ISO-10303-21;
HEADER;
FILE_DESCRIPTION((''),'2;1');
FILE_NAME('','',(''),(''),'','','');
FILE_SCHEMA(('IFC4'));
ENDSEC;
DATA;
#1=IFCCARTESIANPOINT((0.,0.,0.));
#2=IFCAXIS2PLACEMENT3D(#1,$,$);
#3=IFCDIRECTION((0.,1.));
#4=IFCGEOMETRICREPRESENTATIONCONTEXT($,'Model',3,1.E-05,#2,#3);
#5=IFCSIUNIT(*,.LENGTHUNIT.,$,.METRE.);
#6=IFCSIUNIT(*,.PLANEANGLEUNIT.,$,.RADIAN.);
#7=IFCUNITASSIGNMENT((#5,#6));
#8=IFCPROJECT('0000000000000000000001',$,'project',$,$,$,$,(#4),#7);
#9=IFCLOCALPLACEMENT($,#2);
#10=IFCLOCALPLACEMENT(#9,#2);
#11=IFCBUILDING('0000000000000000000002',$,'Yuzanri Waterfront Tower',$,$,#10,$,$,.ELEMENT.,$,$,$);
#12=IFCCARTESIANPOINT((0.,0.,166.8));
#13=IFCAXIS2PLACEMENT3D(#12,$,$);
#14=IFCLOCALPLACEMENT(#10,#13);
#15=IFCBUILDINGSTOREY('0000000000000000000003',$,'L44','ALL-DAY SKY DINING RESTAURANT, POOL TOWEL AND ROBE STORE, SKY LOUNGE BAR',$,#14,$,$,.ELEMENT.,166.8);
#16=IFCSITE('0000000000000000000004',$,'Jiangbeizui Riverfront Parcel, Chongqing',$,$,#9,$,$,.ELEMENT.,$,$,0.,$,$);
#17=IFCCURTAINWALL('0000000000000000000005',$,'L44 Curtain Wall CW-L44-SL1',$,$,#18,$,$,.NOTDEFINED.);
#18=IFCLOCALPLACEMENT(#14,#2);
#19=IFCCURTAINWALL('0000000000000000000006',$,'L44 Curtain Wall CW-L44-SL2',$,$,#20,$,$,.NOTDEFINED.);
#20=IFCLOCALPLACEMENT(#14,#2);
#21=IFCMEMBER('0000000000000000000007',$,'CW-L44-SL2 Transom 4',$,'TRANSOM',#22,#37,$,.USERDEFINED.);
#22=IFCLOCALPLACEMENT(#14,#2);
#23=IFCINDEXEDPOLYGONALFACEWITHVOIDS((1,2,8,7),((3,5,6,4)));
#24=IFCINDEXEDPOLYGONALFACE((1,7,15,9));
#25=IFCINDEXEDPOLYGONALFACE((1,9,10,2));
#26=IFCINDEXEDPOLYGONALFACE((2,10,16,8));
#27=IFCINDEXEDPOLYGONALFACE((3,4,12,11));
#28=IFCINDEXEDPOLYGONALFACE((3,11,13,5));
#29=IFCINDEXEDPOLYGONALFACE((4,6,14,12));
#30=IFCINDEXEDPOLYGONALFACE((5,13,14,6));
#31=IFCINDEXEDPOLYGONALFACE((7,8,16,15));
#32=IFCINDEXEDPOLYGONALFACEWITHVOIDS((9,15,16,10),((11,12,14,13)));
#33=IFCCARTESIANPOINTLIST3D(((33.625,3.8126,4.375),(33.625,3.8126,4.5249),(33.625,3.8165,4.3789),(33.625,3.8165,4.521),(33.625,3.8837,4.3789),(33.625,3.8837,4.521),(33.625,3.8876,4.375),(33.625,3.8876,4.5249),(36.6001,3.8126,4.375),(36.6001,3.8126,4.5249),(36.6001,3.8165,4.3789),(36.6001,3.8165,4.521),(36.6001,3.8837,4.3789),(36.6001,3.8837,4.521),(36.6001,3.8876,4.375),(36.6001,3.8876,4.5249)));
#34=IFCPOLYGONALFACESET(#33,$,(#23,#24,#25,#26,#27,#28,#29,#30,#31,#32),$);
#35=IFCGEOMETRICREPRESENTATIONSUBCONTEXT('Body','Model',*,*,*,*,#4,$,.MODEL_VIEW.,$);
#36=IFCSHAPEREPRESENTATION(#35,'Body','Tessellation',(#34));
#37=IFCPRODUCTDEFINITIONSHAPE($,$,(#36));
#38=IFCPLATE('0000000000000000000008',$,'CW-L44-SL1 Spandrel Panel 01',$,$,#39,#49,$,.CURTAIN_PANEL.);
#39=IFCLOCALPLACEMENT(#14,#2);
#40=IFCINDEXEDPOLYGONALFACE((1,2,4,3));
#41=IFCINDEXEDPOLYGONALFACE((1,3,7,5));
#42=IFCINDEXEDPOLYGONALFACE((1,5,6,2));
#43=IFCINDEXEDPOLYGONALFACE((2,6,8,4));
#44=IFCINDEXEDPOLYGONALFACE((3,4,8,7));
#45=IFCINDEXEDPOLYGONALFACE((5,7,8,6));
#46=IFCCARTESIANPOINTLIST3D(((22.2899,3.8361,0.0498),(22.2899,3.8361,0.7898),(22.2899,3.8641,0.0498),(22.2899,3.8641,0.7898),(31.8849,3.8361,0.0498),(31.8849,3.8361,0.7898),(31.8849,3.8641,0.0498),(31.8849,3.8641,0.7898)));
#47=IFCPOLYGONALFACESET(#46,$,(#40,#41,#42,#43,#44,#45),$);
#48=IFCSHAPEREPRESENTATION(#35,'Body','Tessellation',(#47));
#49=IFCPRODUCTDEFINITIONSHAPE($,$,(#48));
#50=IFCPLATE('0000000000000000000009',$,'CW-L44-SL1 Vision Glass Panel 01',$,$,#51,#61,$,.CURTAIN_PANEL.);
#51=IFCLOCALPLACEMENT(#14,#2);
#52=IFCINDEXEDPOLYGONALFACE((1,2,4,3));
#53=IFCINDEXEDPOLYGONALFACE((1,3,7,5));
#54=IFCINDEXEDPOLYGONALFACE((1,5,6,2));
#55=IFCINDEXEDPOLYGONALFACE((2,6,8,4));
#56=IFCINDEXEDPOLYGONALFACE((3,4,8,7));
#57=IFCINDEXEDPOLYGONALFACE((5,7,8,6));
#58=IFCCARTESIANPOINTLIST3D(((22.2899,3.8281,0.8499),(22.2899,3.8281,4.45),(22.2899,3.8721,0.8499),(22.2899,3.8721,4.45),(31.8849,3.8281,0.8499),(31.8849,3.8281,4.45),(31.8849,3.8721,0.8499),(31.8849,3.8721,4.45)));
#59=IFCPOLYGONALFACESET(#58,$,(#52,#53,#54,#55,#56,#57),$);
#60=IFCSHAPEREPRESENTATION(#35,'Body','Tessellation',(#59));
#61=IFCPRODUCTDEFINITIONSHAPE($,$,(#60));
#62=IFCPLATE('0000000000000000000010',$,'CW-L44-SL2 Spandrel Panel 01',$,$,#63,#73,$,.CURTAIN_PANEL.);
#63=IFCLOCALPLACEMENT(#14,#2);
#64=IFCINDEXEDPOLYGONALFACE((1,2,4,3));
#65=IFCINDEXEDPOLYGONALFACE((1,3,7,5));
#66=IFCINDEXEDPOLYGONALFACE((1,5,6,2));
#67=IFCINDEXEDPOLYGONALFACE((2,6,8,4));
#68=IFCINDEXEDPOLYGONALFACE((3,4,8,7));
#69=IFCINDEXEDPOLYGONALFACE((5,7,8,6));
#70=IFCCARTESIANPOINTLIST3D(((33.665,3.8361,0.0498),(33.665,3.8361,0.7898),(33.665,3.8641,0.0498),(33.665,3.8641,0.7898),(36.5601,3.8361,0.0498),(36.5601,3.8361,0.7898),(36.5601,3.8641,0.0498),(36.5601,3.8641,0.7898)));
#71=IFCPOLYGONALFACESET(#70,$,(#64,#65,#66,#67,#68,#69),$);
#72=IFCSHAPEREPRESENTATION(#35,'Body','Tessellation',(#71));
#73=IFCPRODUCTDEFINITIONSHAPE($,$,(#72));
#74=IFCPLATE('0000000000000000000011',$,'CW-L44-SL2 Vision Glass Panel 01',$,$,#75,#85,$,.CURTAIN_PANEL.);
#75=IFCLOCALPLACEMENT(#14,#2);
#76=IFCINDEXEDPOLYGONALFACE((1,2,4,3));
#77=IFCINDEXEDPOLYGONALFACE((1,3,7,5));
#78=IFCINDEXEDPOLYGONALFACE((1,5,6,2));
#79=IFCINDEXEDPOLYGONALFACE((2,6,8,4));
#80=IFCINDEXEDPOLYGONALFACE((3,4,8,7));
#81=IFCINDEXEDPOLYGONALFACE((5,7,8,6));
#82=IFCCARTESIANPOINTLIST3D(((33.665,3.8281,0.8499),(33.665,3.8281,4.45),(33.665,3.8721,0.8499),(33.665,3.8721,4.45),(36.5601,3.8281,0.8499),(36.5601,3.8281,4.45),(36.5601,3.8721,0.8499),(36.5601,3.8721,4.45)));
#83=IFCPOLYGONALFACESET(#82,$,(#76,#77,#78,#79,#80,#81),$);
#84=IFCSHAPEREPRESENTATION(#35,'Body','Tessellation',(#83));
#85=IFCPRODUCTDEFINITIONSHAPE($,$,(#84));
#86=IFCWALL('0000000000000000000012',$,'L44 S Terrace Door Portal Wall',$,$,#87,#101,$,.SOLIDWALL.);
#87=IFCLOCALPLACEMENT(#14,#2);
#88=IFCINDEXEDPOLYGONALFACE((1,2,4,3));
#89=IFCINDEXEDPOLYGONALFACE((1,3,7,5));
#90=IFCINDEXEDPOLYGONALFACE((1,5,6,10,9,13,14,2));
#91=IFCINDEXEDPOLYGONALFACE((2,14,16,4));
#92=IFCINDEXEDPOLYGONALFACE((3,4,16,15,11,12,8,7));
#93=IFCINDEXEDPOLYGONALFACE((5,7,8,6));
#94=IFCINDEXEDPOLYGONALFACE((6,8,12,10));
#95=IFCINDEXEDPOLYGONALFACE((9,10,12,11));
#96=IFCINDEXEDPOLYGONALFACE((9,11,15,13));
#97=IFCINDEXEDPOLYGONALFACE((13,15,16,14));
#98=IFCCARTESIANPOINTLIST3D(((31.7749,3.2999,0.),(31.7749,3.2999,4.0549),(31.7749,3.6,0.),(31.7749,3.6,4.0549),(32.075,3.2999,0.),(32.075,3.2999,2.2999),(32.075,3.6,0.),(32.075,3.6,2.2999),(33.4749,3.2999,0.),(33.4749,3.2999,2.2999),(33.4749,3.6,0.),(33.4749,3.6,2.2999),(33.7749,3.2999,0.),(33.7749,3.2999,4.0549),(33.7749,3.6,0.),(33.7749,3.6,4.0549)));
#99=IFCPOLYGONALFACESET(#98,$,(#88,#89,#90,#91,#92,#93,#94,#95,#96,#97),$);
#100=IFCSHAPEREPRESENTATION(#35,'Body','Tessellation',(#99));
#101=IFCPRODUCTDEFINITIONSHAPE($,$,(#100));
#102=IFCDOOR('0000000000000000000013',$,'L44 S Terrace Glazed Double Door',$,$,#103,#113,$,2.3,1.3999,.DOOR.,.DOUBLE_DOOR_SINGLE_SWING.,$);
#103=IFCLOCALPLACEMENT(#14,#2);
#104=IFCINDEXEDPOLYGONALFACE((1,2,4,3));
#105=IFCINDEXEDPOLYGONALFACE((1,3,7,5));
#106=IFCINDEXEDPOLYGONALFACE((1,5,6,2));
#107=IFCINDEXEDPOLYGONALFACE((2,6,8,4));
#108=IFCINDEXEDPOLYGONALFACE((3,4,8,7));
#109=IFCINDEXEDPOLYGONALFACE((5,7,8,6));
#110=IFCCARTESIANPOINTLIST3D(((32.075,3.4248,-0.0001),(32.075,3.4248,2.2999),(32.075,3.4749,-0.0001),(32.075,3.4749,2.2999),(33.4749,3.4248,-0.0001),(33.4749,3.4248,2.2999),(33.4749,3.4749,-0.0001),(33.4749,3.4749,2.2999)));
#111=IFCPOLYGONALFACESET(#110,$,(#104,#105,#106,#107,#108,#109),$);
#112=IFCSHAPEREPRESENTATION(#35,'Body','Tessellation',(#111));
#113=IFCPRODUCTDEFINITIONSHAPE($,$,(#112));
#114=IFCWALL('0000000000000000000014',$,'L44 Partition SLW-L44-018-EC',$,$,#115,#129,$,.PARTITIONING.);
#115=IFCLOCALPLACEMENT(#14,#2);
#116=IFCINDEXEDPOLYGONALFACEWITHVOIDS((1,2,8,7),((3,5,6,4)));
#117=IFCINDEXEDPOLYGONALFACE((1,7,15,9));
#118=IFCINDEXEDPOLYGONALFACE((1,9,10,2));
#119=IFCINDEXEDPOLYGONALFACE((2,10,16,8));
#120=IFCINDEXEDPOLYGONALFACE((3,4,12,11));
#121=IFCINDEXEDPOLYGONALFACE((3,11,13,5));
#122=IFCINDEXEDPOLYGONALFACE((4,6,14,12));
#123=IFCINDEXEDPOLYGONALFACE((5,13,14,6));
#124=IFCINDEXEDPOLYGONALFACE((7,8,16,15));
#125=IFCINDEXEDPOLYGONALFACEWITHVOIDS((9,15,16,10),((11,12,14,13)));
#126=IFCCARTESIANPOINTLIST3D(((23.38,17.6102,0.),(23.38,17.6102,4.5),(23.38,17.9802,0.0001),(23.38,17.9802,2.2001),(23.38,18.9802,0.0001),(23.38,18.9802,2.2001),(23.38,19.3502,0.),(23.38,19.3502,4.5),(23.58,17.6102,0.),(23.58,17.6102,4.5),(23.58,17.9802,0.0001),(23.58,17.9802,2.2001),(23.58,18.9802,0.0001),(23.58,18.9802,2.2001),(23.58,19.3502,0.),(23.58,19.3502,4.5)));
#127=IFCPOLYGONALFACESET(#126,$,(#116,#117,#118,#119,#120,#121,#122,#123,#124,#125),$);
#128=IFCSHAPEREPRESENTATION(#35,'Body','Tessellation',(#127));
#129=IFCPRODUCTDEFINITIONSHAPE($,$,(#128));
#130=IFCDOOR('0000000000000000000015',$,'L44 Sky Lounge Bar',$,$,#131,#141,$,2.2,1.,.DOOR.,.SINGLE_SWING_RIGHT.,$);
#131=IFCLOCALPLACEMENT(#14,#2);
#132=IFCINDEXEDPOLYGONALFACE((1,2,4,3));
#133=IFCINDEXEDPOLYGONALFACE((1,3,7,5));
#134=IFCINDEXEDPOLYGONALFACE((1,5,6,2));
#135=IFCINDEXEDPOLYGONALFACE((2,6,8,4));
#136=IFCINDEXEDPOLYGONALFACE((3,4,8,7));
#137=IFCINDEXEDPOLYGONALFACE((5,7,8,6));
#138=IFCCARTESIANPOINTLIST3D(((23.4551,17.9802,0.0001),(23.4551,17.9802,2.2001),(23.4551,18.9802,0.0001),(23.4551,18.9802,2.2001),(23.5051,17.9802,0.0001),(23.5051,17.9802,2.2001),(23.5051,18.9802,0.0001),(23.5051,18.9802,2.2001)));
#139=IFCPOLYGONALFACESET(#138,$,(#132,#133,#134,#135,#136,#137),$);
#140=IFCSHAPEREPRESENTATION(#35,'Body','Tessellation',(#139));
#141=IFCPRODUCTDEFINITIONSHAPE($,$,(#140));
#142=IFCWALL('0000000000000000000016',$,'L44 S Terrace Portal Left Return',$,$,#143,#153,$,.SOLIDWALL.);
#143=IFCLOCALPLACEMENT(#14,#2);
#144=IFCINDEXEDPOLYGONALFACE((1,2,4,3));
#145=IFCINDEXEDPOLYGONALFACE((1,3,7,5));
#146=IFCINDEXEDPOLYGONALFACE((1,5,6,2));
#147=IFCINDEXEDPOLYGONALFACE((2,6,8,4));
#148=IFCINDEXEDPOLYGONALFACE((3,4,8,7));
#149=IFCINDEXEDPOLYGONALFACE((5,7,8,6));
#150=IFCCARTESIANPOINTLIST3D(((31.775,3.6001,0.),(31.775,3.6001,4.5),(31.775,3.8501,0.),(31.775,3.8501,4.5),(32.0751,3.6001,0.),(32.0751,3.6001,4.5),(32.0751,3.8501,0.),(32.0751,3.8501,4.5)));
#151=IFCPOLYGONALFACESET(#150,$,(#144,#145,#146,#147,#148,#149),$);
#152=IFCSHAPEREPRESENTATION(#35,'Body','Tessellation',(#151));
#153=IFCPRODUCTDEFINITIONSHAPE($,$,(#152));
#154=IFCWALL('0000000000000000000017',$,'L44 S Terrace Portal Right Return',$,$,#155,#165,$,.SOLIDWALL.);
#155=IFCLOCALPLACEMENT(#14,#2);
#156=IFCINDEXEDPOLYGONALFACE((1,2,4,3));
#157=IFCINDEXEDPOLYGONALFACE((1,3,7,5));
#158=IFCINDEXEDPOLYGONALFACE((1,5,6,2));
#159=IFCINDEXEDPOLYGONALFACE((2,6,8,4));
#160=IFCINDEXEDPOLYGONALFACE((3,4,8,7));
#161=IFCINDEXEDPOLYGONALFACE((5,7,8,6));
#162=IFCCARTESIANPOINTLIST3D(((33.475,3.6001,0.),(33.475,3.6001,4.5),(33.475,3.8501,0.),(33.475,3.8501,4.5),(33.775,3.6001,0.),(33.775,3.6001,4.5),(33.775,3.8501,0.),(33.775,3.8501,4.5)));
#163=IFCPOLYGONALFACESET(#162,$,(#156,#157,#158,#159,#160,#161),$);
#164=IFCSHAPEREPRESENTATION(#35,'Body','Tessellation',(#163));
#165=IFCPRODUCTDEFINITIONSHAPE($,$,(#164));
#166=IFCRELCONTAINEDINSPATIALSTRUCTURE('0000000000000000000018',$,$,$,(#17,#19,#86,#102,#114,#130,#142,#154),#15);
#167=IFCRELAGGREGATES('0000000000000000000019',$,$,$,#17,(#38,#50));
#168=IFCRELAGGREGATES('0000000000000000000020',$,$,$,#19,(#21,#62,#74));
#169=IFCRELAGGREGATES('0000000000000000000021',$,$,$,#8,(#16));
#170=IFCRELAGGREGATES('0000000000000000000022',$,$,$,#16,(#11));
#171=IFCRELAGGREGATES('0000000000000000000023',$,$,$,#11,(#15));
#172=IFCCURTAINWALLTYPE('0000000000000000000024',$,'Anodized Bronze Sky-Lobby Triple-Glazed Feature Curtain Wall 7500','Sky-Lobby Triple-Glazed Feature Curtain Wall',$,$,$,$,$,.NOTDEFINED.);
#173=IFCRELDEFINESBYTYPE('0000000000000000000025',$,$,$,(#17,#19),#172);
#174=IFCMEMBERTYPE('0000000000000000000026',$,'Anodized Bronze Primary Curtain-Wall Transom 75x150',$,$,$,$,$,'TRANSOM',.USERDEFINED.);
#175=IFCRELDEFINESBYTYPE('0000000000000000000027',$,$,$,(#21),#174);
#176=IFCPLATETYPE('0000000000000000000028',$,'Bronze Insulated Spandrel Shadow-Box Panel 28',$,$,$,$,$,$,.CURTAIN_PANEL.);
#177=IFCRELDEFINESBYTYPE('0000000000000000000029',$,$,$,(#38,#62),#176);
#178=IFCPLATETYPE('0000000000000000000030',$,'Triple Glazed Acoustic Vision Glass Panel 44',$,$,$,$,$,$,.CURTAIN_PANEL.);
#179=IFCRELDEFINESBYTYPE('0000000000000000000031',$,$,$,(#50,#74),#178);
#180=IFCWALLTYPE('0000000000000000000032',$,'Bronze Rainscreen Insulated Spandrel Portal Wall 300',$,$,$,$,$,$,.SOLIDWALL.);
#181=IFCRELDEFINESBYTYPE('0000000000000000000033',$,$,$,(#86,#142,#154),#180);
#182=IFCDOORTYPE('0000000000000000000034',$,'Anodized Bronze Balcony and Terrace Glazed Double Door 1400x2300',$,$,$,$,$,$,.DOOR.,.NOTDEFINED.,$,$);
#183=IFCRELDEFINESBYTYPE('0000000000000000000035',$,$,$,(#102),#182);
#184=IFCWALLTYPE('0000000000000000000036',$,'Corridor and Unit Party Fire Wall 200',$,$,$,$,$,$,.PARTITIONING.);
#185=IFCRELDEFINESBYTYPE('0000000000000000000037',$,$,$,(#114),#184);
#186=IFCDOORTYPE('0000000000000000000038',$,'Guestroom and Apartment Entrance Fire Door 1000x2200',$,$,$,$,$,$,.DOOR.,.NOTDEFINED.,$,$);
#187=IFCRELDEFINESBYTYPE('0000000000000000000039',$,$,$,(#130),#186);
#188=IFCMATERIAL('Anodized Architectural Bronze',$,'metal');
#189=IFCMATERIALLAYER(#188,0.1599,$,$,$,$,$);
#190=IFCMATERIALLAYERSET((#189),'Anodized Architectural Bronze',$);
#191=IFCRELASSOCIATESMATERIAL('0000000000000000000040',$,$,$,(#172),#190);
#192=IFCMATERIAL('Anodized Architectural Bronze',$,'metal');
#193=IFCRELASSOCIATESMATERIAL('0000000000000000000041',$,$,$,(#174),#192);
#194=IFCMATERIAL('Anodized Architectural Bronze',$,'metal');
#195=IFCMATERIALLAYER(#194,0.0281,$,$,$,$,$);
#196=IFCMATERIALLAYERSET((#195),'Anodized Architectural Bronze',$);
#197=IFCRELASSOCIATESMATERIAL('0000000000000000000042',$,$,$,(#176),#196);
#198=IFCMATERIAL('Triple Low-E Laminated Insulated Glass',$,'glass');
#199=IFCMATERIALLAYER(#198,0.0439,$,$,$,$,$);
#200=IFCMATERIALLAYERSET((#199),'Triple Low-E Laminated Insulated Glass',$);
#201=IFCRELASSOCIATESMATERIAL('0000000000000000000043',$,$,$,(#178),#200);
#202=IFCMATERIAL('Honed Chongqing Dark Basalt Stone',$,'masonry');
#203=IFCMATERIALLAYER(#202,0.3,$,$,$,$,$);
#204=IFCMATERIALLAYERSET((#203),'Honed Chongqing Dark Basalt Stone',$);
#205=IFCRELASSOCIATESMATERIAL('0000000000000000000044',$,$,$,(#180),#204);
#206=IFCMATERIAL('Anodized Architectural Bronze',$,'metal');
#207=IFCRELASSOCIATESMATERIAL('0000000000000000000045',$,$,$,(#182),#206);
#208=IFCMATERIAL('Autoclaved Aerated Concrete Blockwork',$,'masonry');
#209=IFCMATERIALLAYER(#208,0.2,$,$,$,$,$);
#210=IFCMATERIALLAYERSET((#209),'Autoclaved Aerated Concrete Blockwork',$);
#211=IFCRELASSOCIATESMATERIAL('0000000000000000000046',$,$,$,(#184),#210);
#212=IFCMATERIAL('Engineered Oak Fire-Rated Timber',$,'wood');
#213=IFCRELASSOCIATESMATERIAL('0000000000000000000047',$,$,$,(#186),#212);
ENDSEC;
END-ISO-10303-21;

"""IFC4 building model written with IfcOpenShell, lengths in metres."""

from ifc_helpers import new_model, si_unit, direction, frame, frame_2d, origin, origin_2d, place, context, subcontext, project, spatial, rectangle, hollow_rectangle, extrude, source, transform, mapped, material, layer, layer_set, material_profile, profile_set, type_object, element, fill, aggregate, save


model = new_model("IFC4")

# Units and contexts
model_context = context("Model", 3, precision=1e-05, world=origin(), true_north=direction((0.0, 1.0)))
body_context = subcontext(model_context, "Body", "Model", "MODEL_VIEW")
ifc_project = project(units=[si_unit("LENGTHUNIT", "METRE"), si_unit("PLANEANGLEUNIT", "RADIAN")], contexts=[model_context])

# Site, building, storey
site_placement = place(None, origin())
site = spatial("IfcSite", under=ifc_project, at=site_placement, Name="Jiangbeizui Riverfront Parcel, Chongqing", CompositionType="ELEMENT", RefElevation=0.0)
building_placement = place(site_placement, origin())
building = spatial("IfcBuilding", under=site, at=building_placement, Name="Yuzanri Waterfront Tower", CompositionType="ELEMENT")
storey_placement = place(building_placement, frame((0.0, 0.0, 166.8)))
storey = spatial("IfcBuildingStorey", under=building, at=storey_placement, Name="L44", Description="ALL-DAY SKY DINING RESTAURANT, POOL TOWEL AND ROBE STORE, SKY LOUNGE BAR", CompositionType="ELEMENT", Elevation=166.8)

# Curtain walls, member
ifc_material_1 = material(Name="Anodized Architectural Bronze", Category="metal")
ifc_layer_1 = layer(ifc_material_1, 0.1599)
ifc_layer_set_1 = layer_set([ifc_layer_1], Name="Anodized Architectural Bronze")
curtain_wall_type = type_object("IfcCurtainWallType", Name="Anodized Bronze Sky-Lobby Triple-Glazed Feature Curtain Wall 7500", Description="Sky-Lobby Triple-Glazed Feature Curtain Wall", PredefinedType="NOTDEFINED", material=ifc_layer_set_1)
curtain_wall_1_placement = place(storey_placement, origin())
curtain_wall_1 = element("IfcCurtainWall", 1, at=curtain_wall_1_placement, inside=storey, type_object=curtain_wall_type, Name="L44 Curtain Wall CW-L44-SL1", PredefinedType="NOTDEFINED")
curtain_wall_2_placement = place(storey_placement, origin())
curtain_wall_2 = element("IfcCurtainWall", 2, at=curtain_wall_2_placement, inside=storey, type_object=curtain_wall_type, Name="L44 Curtain Wall CW-L44-SL2", PredefinedType="NOTDEFINED")
ifc_material_2 = material(Name="Anodized Architectural Bronze", Category="metal")
ifc_material_profile_1 = material_profile(ifc_material_2, hollow_rectangle(XDim=0.075, YDim=0.1499, WallThickness=0.0039, at=origin_2d()), Name="CWT 75x150")
ifc_profile_set_1 = profile_set([ifc_material_profile_1], Name="Anodized Architectural Bronze")
member_type_1 = type_object("IfcMemberType", Name="Anodized Bronze Primary Curtain-Wall Transom 75x150", ElementType="TRANSOM", PredefinedType="USERDEFINED", material=ifc_profile_set_1)
shared_shape_1 = source(origin(), body_context, "Body", "SweptSolid", [
    extrude(hollow_rectangle(XDim=0.075, YDim=0.1499, WallThickness=0.0039, at=origin_2d()), origin(), (0.0, 0.0, 1.0), 2.9751),
])
member_1_placement = place(storey_placement, frame((33.625, 3.8501, 4.45), z_axis=(1.0, 0.0, 0.0), x_axis=(0.0, 1.0, 0.0)))
member_1 = element("IfcMember", 3, at=member_1_placement, type_object=member_type_1, Name="CW-L44-SL2 Transom 4", ObjectType="TRANSOM", PredefinedType="USERDEFINED", context=body_context, shape_type="MappedRepresentation", body=[
    mapped(shared_shape_1, transform((0.0, 0.0, 0.0), scale=1.0)),
])

# Plates
ifc_material_3 = material(Name="Anodized Architectural Bronze", Category="metal")
ifc_layer_2 = layer(ifc_material_3, 0.0281)
ifc_layer_set_2 = layer_set([ifc_layer_2], Name="Anodized Architectural Bronze")
plate_type_1 = type_object("IfcPlateType", Name="Bronze Insulated Spandrel Shadow-Box Panel 28", PredefinedType="CURTAIN_PANEL", material=ifc_layer_set_2)
shared_shape_2 = source(origin(), body_context, "Body", "SweptSolid", [
    extrude(rectangle(XDim=9.595, YDim=0.0281, at=origin_2d()), origin(), (0.0, 0.0, 1.0), 0.74),
])
plate_1_placement = place(storey_placement, frame((27.0874, 3.8501, 0.0498), z_axis=(0.0, 0.0, 1.0), x_axis=(1.0, 0.0, 0.0)))
plate_1 = element("IfcPlate", 4, at=plate_1_placement, type_object=plate_type_1, Name="CW-L44-SL1 Spandrel Panel 01", PredefinedType="CURTAIN_PANEL", context=body_context, shape_type="MappedRepresentation", body=[
    mapped(shared_shape_2, transform((0.0, 0.0, 0.0), scale=1.0)),
])
ifc_material_4 = material(Name="Triple Low-E Laminated Insulated Glass", Category="glass")
ifc_layer_3 = layer(ifc_material_4, 0.0439)
ifc_layer_set_3 = layer_set([ifc_layer_3], Name="Triple Low-E Laminated Insulated Glass")
plate_type_2 = type_object("IfcPlateType", Name="Triple Glazed Acoustic Vision Glass Panel 44", PredefinedType="CURTAIN_PANEL", material=ifc_layer_set_3)
shared_shape_3 = source(origin(), body_context, "Body", "SweptSolid", [
    extrude(rectangle(XDim=9.595, YDim=0.0439, at=origin_2d()), origin(), (0.0, 0.0, 1.0), 3.6001),
])
plate_2_placement = place(storey_placement, frame((27.0874, 3.8501, 0.8499), z_axis=(0.0, 0.0, 1.0), x_axis=(1.0, 0.0, 0.0)))
plate_2 = element("IfcPlate", 5, at=plate_2_placement, type_object=plate_type_2, Name="CW-L44-SL1 Vision Glass Panel 01", PredefinedType="CURTAIN_PANEL", context=body_context, shape_type="MappedRepresentation", body=[
    mapped(shared_shape_3, transform((0.0, 0.0, 0.0), scale=1.0)),
])
aggregate(curtain_wall_1, [plate_1, plate_2])
shared_shape_4 = source(origin(), body_context, "Body", "SweptSolid", [
    extrude(rectangle(XDim=2.895, YDim=0.0281, at=origin_2d()), origin(), (0.0, 0.0, 1.0), 0.74),
])
plate_3_placement = place(storey_placement, frame((35.1125, 3.8501, 0.0498), z_axis=(0.0, 0.0, 1.0), x_axis=(1.0, 0.0, 0.0)))
plate_3 = element("IfcPlate", 6, at=plate_3_placement, type_object=plate_type_1, Name="CW-L44-SL2 Spandrel Panel 01", PredefinedType="CURTAIN_PANEL", context=body_context, shape_type="MappedRepresentation", body=[
    mapped(shared_shape_4, transform((0.0, 0.0, 0.0), scale=1.0)),
])
shared_shape_5 = source(origin(), body_context, "Body", "SweptSolid", [
    extrude(rectangle(XDim=2.895, YDim=0.0439, at=origin_2d()), origin(), (0.0, 0.0, 1.0), 3.6001),
])
plate_4_placement = place(storey_placement, frame((35.1125, 3.8501, 0.8499), z_axis=(0.0, 0.0, 1.0), x_axis=(1.0, 0.0, 0.0)))
plate_4 = element("IfcPlate", 7, at=plate_4_placement, type_object=plate_type_2, Name="CW-L44-SL2 Vision Glass Panel 01", PredefinedType="CURTAIN_PANEL", context=body_context, shape_type="MappedRepresentation", body=[
    mapped(shared_shape_5, transform((0.0, 0.0, 0.0), scale=1.0)),
])
aggregate(curtain_wall_2, [member_1, plate_3, plate_4])

# Walls, openings, doors
ifc_material_5 = material(Name="Honed Chongqing Dark Basalt Stone", Category="masonry")
ifc_layer_4 = layer(ifc_material_5, 0.3)
ifc_layer_set_4 = layer_set([ifc_layer_4], Name="Honed Chongqing Dark Basalt Stone")
wall_type_1 = type_object("IfcWallType", Name="Bronze Rainscreen Insulated Spandrel Portal Wall 300", PredefinedType="SOLIDWALL", material=ifc_layer_set_4)
wall_1_placement = place(storey_placement, frame((31.7749, 3.45, 0.0), z_axis=(0.0, 0.0, 1.0), x_axis=(1.0, 0.0, 0.0)))
wall_1 = element("IfcWall", 8, at=wall_1_placement, inside=storey, type_object=wall_type_1, Name="L44 S Terrace Door Portal Wall", PredefinedType="SOLIDWALL", context=body_context, shape_type="SweptSolid", body=[
    extrude(rectangle(XDim=2.0, YDim=0.3, at=frame_2d((1.0, 0.0))), origin(), (0.0, 0.0, 1.0), 4.0549),
])
opening_1_placement = place(wall_1_placement, frame((0.3, 0.0, 0.0)))
opening_1 = element("IfcOpeningElement", 9, at=opening_1_placement, cuts=wall_1, PredefinedType="OPENING", context=body_context, shape_type="SweptSolid", body=[
    extrude(rectangle(XDim=1.3999, YDim=2.3, at=frame_2d((0.7, 1.1499))), frame((0.0, 0.165, 0.0), z_axis=(0.0, -1.0, 0.0), x_axis=(1.0, 0.0, 0.0)), (0.0, 0.0, 1.0), 0.3298),
])
ifc_material_6 = material(Name="Anodized Architectural Bronze", Category="metal")
door_type_1 = type_object("IfcDoorType", Name="Anodized Bronze Balcony and Terrace Glazed Double Door 1400x2300", OperationType="NOTDEFINED", PredefinedType="DOOR", material=ifc_material_6)
shared_shape_6 = source(origin(), body_context, "Body", "SweptSolid", [
    extrude(rectangle(XDim=1.3999, YDim=2.3, at=frame_2d((0.7, 1.1499))), frame((0.0, 0.0249, 0.0), z_axis=(0.0, -1.0, 0.0), x_axis=(1.0, 0.0, 0.0)), (0.0, 0.0, 1.0), 0.05),
])
door_1_placement = place(opening_1_placement, origin())
door_1 = element("IfcDoor", 10, at=door_1_placement, inside=storey, type_object=door_type_1, Name="L44 S Terrace Glazed Double Door", OperationType="DOUBLE_DOOR_SINGLE_SWING", OverallHeight=2.3, OverallWidth=1.3999, PredefinedType="DOOR", context=body_context, shape_type="MappedRepresentation", body=[
    mapped(shared_shape_6, transform((0.0, 0.0, 0.0), scale=1.0)),
])
fill(opening_1, door_1)
ifc_material_7 = material(Name="Autoclaved Aerated Concrete Blockwork", Category="masonry")
ifc_layer_5 = layer(ifc_material_7, 0.2)
ifc_layer_set_5 = layer_set([ifc_layer_5], Name="Autoclaved Aerated Concrete Blockwork")
wall_type_2 = type_object("IfcWallType", Name="Corridor and Unit Party Fire Wall 200", PredefinedType="PARTITIONING", material=ifc_layer_set_5)
wall_2_placement = place(storey_placement, frame((23.48, 17.6101, 0.0), z_axis=(0.0, 0.0, 1.0), x_axis=(0.0, 1.0, 0.0)))
wall_2 = element("IfcWall", 11, at=wall_2_placement, inside=storey, type_object=wall_type_2, Name="L44 Partition SLW-L44-018-EC", PredefinedType="PARTITIONING", context=body_context, shape_type="SweptSolid", body=[
    extrude(rectangle(XDim=1.74, YDim=0.2, at=frame_2d((0.8701, 0.0))), origin(), (0.0, 0.0, 1.0), 4.5),
])
opening_2_placement = place(wall_2_placement, frame((0.3701, 0.0, 0.0)))
opening_2 = element("IfcOpeningElement", 12, at=opening_2_placement, cuts=wall_2, PredefinedType="OPENING", context=body_context, shape_type="SweptSolid", body=[
    extrude(rectangle(XDim=1.0, YDim=2.2, at=frame_2d((0.5, 1.1001))), frame((0.0, 0.1147, 0.0), z_axis=(0.0, -1.0, 0.0), x_axis=(1.0, 0.0, 0.0)), (0.0, 0.0, 1.0), 0.2297),
])
ifc_material_8 = material(Name="Engineered Oak Fire-Rated Timber", Category="wood")
door_type_2 = type_object("IfcDoorType", Name="Guestroom and Apartment Entrance Fire Door 1000x2200", OperationType="NOTDEFINED", PredefinedType="DOOR", material=ifc_material_8)
shared_shape_7 = source(origin(), body_context, "Body", "SweptSolid", [
    extrude(rectangle(XDim=1.0, YDim=2.2, at=frame_2d((0.5, 1.1001))), frame((0.0, 0.0249, 0.0), z_axis=(0.0, -1.0, 0.0), x_axis=(1.0, 0.0, 0.0)), (0.0, 0.0, 1.0), 0.05),
])
door_2_placement = place(opening_2_placement, origin())
door_2 = element("IfcDoor", 13, at=door_2_placement, inside=storey, type_object=door_type_2, Name="L44 Sky Lounge Bar", OperationType="SINGLE_SWING_RIGHT", OverallHeight=2.2, OverallWidth=1.0, PredefinedType="DOOR", context=body_context, shape_type="MappedRepresentation", body=[
    mapped(shared_shape_7, transform((0.0, 0.0, 0.0), scale=1.0)),
])
fill(opening_2, door_2)

# Walls
shared_shape_8 = source(origin(), body_context, "Body", "SweptSolid", [
    extrude(rectangle(XDim=0.25, YDim=0.3, at=frame_2d((0.125, 0.0))), origin(), (0.0, 0.0, 1.0), 4.5),
])
for number, where, z_axis, x_axis, name in (
    (14, (31.925, 3.8501, 0.0), (0.0, 0.0, 1.0), (0.0, -1.0, 0.0), "L44 S Terrace Portal Left Return"),
    (15, (33.625, 3.6001, 0.0), (0.0, 0.0, 1.0), (0.0, 1.0, 0.0), "L44 S Terrace Portal Right Return"),
):
    element("IfcWall", number, at=place(storey_placement, frame(where, z_axis=z_axis, x_axis=x_axis)), inside=storey, type_object=wall_type_1, Name=name, PredefinedType="SOLIDWALL", context=body_context, shape_type="MappedRepresentation", body=[
        mapped(shared_shape_8, transform((0.0, 0.0, 0.0), scale=1.0)),
    ])

save(model, "model.ifc")
